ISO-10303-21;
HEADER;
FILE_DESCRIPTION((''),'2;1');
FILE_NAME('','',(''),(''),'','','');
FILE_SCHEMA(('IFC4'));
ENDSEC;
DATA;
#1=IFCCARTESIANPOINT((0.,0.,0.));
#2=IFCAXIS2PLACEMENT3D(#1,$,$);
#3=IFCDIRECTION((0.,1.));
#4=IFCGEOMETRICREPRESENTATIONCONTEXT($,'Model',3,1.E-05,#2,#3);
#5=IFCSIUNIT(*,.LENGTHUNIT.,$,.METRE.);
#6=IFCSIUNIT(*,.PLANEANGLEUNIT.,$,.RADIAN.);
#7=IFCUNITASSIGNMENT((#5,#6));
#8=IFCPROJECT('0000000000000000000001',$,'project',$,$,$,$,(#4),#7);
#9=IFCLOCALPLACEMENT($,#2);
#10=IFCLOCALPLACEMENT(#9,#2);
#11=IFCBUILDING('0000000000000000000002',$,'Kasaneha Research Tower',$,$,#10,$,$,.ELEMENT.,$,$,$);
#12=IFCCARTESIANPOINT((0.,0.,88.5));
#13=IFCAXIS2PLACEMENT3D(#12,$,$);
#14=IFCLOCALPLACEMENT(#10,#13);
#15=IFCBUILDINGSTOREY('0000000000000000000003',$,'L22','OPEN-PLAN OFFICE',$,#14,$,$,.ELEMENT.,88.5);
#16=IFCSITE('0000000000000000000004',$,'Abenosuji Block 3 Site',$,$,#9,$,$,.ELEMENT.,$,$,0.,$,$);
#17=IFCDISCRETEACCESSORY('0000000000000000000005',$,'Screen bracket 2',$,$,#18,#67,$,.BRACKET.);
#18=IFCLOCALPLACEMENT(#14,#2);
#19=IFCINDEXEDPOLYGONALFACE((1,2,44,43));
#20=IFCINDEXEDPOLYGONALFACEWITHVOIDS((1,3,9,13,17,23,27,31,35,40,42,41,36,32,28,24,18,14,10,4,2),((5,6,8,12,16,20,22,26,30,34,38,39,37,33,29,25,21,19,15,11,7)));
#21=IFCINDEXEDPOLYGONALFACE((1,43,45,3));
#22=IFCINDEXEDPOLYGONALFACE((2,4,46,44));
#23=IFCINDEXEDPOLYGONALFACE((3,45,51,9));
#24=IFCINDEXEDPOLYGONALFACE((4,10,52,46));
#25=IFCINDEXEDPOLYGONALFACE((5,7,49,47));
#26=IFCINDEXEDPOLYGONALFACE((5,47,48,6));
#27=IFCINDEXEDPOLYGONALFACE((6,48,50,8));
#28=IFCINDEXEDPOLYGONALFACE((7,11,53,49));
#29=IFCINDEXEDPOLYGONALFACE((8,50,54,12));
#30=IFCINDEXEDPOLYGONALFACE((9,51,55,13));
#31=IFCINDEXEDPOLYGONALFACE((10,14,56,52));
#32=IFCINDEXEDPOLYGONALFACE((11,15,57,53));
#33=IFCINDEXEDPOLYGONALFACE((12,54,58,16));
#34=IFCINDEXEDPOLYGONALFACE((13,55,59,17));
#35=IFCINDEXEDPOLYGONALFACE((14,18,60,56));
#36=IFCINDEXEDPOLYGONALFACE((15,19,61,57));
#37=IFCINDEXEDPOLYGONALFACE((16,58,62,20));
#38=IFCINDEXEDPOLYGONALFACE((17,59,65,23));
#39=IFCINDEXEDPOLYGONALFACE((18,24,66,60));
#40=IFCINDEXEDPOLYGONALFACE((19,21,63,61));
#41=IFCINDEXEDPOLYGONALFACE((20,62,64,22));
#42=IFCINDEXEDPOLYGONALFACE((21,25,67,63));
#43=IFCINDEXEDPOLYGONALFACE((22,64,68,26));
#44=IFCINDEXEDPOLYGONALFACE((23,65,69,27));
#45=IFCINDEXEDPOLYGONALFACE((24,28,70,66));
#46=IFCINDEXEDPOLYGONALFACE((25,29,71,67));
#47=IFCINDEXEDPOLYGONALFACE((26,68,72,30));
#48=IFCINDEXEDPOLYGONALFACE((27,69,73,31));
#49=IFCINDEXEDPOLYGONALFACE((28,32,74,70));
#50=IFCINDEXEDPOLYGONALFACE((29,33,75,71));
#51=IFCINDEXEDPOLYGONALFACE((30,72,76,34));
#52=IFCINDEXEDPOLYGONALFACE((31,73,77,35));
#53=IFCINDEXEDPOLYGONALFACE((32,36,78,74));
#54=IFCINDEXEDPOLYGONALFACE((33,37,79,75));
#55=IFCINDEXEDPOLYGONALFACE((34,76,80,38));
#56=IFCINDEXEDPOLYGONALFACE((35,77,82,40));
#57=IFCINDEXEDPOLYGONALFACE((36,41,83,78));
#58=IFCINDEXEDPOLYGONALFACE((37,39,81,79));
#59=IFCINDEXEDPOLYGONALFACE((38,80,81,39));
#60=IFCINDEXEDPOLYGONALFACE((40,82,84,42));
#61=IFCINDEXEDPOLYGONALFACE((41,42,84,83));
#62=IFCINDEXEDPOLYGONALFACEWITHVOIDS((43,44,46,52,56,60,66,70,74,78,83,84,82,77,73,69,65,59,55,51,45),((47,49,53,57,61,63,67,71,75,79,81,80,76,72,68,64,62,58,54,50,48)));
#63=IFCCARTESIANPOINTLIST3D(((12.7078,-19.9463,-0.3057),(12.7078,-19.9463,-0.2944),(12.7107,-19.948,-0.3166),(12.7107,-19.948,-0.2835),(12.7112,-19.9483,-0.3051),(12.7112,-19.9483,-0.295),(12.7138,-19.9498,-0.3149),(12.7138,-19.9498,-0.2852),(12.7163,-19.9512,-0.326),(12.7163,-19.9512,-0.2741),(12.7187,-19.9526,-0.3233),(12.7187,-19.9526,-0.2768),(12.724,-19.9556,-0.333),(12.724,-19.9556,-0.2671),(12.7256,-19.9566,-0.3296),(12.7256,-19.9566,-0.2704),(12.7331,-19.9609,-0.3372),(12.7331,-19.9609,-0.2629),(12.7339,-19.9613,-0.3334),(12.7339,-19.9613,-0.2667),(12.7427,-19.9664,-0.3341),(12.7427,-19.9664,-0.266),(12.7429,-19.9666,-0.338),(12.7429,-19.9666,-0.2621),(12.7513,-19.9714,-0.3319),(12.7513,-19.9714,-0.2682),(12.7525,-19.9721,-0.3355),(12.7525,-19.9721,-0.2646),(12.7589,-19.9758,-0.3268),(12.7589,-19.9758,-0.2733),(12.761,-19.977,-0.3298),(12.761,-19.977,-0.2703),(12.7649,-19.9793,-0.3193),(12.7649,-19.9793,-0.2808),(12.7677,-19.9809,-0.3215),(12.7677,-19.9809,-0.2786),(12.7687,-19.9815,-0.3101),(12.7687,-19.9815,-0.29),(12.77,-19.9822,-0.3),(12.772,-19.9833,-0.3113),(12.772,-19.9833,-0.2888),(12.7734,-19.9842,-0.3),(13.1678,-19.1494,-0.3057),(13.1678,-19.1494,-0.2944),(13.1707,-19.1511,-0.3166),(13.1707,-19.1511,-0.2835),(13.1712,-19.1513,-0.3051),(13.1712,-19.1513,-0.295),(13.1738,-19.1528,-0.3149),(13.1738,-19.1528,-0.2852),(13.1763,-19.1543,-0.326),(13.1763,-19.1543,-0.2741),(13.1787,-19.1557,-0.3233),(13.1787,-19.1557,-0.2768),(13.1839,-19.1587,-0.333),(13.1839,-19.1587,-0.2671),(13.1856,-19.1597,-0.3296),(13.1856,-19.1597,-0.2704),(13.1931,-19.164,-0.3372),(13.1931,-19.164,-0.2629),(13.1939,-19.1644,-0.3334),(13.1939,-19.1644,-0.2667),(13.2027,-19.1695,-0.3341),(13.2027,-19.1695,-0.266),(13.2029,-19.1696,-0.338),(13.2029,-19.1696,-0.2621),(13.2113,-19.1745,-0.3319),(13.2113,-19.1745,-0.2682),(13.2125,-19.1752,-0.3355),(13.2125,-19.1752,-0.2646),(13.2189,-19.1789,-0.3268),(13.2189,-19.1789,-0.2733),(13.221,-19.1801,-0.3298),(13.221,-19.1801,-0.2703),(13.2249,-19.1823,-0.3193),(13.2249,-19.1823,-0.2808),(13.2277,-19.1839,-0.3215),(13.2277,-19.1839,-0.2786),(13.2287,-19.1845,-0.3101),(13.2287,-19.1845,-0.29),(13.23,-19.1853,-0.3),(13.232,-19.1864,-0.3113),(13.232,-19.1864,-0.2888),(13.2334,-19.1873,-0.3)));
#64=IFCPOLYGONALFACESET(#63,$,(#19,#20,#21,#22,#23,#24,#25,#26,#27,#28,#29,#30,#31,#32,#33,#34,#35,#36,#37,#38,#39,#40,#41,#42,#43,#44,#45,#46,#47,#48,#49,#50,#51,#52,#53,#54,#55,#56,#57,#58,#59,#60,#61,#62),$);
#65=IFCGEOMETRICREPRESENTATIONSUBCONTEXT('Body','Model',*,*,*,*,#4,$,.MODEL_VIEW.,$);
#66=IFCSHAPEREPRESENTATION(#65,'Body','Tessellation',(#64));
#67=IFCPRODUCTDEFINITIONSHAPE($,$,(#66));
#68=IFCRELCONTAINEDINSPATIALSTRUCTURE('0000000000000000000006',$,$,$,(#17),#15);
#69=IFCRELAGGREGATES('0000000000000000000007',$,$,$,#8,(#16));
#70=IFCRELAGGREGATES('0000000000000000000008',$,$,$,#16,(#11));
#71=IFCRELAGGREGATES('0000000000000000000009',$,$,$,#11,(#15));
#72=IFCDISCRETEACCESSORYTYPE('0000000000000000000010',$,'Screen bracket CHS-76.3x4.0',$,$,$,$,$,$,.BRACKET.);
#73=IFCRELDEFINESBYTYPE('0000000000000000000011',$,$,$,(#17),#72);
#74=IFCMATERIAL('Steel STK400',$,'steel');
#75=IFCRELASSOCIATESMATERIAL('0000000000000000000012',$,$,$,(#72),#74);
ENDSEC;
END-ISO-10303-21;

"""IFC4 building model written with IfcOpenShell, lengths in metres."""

from ifc_helpers import new_model, si_unit, direction, frame, origin, origin_2d, place, context, subcontext, project, spatial, hollow_circle, extrude, material, material_profile, profile_set, type_object, element, save


model = new_model("IFC4")

# Units and contexts
model_context = context("Model", 3, precision=1e-05, world=origin(), true_north=direction((0.0, 1.0)))
body_context = subcontext(model_context, "Body", "Model", "MODEL_VIEW")
ifc_project = project(units=[si_unit("LENGTHUNIT", "METRE"), si_unit("PLANEANGLEUNIT", "RADIAN")], contexts=[model_context])

# Site, building, storey
site_placement = place(None, origin())
site = spatial("IfcSite", under=ifc_project, at=site_placement, Name="Abenosuji Block 3 Site", CompositionType="ELEMENT", RefElevation=0.0)
building_placement = place(site_placement, origin())
building = spatial("IfcBuilding", under=site, at=building_placement, Name="Kasaneha Research Tower", CompositionType="ELEMENT")
storey_placement = place(building_placement, frame((0.0, 0.0, 88.5)))
storey = spatial("IfcBuildingStorey", under=building, at=storey_placement, Name="L22", Description="OPEN-PLAN OFFICE", CompositionType="ELEMENT", Elevation=88.5)

# Discrete accessory
ifc_material_1 = material(Name="Steel STK400", Category="steel")
ifc_material_profile_1 = material_profile(ifc_material_1, hollow_circle(Radius=0.0381, WallThickness=0.0039, at=origin_2d()), Name="CHS-76.3x4.0")
ifc_profile_set_1 = profile_set([ifc_material_profile_1], Name="Steel STK400")
discrete_accessory_type = type_object("IfcDiscreteAccessoryType", Name="Screen bracket CHS-76.3x4.0", PredefinedType="BRACKET", material=ifc_profile_set_1)
discrete_accessory_1_placement = place(storey_placement, frame((13.2004, -19.1682, -0.3), z_axis=(-0.499906, -0.86608, 0.0), x_axis=(0.86608, -0.499906, 0.0)))
element("IfcDiscreteAccessory", 1, at=discrete_accessory_1_placement, inside=storey, type_object=discrete_accessory_type, Name="Screen bracket 2", PredefinedType="BRACKET", context=body_context, shape_type="SweptSolid", body=[
    extrude(hollow_circle(Radius=0.0381, WallThickness=0.0039, at=origin_2d()), origin(), (0.0, 0.0, 1.0), 0.9202),
])

save(model, "model.ifc")
